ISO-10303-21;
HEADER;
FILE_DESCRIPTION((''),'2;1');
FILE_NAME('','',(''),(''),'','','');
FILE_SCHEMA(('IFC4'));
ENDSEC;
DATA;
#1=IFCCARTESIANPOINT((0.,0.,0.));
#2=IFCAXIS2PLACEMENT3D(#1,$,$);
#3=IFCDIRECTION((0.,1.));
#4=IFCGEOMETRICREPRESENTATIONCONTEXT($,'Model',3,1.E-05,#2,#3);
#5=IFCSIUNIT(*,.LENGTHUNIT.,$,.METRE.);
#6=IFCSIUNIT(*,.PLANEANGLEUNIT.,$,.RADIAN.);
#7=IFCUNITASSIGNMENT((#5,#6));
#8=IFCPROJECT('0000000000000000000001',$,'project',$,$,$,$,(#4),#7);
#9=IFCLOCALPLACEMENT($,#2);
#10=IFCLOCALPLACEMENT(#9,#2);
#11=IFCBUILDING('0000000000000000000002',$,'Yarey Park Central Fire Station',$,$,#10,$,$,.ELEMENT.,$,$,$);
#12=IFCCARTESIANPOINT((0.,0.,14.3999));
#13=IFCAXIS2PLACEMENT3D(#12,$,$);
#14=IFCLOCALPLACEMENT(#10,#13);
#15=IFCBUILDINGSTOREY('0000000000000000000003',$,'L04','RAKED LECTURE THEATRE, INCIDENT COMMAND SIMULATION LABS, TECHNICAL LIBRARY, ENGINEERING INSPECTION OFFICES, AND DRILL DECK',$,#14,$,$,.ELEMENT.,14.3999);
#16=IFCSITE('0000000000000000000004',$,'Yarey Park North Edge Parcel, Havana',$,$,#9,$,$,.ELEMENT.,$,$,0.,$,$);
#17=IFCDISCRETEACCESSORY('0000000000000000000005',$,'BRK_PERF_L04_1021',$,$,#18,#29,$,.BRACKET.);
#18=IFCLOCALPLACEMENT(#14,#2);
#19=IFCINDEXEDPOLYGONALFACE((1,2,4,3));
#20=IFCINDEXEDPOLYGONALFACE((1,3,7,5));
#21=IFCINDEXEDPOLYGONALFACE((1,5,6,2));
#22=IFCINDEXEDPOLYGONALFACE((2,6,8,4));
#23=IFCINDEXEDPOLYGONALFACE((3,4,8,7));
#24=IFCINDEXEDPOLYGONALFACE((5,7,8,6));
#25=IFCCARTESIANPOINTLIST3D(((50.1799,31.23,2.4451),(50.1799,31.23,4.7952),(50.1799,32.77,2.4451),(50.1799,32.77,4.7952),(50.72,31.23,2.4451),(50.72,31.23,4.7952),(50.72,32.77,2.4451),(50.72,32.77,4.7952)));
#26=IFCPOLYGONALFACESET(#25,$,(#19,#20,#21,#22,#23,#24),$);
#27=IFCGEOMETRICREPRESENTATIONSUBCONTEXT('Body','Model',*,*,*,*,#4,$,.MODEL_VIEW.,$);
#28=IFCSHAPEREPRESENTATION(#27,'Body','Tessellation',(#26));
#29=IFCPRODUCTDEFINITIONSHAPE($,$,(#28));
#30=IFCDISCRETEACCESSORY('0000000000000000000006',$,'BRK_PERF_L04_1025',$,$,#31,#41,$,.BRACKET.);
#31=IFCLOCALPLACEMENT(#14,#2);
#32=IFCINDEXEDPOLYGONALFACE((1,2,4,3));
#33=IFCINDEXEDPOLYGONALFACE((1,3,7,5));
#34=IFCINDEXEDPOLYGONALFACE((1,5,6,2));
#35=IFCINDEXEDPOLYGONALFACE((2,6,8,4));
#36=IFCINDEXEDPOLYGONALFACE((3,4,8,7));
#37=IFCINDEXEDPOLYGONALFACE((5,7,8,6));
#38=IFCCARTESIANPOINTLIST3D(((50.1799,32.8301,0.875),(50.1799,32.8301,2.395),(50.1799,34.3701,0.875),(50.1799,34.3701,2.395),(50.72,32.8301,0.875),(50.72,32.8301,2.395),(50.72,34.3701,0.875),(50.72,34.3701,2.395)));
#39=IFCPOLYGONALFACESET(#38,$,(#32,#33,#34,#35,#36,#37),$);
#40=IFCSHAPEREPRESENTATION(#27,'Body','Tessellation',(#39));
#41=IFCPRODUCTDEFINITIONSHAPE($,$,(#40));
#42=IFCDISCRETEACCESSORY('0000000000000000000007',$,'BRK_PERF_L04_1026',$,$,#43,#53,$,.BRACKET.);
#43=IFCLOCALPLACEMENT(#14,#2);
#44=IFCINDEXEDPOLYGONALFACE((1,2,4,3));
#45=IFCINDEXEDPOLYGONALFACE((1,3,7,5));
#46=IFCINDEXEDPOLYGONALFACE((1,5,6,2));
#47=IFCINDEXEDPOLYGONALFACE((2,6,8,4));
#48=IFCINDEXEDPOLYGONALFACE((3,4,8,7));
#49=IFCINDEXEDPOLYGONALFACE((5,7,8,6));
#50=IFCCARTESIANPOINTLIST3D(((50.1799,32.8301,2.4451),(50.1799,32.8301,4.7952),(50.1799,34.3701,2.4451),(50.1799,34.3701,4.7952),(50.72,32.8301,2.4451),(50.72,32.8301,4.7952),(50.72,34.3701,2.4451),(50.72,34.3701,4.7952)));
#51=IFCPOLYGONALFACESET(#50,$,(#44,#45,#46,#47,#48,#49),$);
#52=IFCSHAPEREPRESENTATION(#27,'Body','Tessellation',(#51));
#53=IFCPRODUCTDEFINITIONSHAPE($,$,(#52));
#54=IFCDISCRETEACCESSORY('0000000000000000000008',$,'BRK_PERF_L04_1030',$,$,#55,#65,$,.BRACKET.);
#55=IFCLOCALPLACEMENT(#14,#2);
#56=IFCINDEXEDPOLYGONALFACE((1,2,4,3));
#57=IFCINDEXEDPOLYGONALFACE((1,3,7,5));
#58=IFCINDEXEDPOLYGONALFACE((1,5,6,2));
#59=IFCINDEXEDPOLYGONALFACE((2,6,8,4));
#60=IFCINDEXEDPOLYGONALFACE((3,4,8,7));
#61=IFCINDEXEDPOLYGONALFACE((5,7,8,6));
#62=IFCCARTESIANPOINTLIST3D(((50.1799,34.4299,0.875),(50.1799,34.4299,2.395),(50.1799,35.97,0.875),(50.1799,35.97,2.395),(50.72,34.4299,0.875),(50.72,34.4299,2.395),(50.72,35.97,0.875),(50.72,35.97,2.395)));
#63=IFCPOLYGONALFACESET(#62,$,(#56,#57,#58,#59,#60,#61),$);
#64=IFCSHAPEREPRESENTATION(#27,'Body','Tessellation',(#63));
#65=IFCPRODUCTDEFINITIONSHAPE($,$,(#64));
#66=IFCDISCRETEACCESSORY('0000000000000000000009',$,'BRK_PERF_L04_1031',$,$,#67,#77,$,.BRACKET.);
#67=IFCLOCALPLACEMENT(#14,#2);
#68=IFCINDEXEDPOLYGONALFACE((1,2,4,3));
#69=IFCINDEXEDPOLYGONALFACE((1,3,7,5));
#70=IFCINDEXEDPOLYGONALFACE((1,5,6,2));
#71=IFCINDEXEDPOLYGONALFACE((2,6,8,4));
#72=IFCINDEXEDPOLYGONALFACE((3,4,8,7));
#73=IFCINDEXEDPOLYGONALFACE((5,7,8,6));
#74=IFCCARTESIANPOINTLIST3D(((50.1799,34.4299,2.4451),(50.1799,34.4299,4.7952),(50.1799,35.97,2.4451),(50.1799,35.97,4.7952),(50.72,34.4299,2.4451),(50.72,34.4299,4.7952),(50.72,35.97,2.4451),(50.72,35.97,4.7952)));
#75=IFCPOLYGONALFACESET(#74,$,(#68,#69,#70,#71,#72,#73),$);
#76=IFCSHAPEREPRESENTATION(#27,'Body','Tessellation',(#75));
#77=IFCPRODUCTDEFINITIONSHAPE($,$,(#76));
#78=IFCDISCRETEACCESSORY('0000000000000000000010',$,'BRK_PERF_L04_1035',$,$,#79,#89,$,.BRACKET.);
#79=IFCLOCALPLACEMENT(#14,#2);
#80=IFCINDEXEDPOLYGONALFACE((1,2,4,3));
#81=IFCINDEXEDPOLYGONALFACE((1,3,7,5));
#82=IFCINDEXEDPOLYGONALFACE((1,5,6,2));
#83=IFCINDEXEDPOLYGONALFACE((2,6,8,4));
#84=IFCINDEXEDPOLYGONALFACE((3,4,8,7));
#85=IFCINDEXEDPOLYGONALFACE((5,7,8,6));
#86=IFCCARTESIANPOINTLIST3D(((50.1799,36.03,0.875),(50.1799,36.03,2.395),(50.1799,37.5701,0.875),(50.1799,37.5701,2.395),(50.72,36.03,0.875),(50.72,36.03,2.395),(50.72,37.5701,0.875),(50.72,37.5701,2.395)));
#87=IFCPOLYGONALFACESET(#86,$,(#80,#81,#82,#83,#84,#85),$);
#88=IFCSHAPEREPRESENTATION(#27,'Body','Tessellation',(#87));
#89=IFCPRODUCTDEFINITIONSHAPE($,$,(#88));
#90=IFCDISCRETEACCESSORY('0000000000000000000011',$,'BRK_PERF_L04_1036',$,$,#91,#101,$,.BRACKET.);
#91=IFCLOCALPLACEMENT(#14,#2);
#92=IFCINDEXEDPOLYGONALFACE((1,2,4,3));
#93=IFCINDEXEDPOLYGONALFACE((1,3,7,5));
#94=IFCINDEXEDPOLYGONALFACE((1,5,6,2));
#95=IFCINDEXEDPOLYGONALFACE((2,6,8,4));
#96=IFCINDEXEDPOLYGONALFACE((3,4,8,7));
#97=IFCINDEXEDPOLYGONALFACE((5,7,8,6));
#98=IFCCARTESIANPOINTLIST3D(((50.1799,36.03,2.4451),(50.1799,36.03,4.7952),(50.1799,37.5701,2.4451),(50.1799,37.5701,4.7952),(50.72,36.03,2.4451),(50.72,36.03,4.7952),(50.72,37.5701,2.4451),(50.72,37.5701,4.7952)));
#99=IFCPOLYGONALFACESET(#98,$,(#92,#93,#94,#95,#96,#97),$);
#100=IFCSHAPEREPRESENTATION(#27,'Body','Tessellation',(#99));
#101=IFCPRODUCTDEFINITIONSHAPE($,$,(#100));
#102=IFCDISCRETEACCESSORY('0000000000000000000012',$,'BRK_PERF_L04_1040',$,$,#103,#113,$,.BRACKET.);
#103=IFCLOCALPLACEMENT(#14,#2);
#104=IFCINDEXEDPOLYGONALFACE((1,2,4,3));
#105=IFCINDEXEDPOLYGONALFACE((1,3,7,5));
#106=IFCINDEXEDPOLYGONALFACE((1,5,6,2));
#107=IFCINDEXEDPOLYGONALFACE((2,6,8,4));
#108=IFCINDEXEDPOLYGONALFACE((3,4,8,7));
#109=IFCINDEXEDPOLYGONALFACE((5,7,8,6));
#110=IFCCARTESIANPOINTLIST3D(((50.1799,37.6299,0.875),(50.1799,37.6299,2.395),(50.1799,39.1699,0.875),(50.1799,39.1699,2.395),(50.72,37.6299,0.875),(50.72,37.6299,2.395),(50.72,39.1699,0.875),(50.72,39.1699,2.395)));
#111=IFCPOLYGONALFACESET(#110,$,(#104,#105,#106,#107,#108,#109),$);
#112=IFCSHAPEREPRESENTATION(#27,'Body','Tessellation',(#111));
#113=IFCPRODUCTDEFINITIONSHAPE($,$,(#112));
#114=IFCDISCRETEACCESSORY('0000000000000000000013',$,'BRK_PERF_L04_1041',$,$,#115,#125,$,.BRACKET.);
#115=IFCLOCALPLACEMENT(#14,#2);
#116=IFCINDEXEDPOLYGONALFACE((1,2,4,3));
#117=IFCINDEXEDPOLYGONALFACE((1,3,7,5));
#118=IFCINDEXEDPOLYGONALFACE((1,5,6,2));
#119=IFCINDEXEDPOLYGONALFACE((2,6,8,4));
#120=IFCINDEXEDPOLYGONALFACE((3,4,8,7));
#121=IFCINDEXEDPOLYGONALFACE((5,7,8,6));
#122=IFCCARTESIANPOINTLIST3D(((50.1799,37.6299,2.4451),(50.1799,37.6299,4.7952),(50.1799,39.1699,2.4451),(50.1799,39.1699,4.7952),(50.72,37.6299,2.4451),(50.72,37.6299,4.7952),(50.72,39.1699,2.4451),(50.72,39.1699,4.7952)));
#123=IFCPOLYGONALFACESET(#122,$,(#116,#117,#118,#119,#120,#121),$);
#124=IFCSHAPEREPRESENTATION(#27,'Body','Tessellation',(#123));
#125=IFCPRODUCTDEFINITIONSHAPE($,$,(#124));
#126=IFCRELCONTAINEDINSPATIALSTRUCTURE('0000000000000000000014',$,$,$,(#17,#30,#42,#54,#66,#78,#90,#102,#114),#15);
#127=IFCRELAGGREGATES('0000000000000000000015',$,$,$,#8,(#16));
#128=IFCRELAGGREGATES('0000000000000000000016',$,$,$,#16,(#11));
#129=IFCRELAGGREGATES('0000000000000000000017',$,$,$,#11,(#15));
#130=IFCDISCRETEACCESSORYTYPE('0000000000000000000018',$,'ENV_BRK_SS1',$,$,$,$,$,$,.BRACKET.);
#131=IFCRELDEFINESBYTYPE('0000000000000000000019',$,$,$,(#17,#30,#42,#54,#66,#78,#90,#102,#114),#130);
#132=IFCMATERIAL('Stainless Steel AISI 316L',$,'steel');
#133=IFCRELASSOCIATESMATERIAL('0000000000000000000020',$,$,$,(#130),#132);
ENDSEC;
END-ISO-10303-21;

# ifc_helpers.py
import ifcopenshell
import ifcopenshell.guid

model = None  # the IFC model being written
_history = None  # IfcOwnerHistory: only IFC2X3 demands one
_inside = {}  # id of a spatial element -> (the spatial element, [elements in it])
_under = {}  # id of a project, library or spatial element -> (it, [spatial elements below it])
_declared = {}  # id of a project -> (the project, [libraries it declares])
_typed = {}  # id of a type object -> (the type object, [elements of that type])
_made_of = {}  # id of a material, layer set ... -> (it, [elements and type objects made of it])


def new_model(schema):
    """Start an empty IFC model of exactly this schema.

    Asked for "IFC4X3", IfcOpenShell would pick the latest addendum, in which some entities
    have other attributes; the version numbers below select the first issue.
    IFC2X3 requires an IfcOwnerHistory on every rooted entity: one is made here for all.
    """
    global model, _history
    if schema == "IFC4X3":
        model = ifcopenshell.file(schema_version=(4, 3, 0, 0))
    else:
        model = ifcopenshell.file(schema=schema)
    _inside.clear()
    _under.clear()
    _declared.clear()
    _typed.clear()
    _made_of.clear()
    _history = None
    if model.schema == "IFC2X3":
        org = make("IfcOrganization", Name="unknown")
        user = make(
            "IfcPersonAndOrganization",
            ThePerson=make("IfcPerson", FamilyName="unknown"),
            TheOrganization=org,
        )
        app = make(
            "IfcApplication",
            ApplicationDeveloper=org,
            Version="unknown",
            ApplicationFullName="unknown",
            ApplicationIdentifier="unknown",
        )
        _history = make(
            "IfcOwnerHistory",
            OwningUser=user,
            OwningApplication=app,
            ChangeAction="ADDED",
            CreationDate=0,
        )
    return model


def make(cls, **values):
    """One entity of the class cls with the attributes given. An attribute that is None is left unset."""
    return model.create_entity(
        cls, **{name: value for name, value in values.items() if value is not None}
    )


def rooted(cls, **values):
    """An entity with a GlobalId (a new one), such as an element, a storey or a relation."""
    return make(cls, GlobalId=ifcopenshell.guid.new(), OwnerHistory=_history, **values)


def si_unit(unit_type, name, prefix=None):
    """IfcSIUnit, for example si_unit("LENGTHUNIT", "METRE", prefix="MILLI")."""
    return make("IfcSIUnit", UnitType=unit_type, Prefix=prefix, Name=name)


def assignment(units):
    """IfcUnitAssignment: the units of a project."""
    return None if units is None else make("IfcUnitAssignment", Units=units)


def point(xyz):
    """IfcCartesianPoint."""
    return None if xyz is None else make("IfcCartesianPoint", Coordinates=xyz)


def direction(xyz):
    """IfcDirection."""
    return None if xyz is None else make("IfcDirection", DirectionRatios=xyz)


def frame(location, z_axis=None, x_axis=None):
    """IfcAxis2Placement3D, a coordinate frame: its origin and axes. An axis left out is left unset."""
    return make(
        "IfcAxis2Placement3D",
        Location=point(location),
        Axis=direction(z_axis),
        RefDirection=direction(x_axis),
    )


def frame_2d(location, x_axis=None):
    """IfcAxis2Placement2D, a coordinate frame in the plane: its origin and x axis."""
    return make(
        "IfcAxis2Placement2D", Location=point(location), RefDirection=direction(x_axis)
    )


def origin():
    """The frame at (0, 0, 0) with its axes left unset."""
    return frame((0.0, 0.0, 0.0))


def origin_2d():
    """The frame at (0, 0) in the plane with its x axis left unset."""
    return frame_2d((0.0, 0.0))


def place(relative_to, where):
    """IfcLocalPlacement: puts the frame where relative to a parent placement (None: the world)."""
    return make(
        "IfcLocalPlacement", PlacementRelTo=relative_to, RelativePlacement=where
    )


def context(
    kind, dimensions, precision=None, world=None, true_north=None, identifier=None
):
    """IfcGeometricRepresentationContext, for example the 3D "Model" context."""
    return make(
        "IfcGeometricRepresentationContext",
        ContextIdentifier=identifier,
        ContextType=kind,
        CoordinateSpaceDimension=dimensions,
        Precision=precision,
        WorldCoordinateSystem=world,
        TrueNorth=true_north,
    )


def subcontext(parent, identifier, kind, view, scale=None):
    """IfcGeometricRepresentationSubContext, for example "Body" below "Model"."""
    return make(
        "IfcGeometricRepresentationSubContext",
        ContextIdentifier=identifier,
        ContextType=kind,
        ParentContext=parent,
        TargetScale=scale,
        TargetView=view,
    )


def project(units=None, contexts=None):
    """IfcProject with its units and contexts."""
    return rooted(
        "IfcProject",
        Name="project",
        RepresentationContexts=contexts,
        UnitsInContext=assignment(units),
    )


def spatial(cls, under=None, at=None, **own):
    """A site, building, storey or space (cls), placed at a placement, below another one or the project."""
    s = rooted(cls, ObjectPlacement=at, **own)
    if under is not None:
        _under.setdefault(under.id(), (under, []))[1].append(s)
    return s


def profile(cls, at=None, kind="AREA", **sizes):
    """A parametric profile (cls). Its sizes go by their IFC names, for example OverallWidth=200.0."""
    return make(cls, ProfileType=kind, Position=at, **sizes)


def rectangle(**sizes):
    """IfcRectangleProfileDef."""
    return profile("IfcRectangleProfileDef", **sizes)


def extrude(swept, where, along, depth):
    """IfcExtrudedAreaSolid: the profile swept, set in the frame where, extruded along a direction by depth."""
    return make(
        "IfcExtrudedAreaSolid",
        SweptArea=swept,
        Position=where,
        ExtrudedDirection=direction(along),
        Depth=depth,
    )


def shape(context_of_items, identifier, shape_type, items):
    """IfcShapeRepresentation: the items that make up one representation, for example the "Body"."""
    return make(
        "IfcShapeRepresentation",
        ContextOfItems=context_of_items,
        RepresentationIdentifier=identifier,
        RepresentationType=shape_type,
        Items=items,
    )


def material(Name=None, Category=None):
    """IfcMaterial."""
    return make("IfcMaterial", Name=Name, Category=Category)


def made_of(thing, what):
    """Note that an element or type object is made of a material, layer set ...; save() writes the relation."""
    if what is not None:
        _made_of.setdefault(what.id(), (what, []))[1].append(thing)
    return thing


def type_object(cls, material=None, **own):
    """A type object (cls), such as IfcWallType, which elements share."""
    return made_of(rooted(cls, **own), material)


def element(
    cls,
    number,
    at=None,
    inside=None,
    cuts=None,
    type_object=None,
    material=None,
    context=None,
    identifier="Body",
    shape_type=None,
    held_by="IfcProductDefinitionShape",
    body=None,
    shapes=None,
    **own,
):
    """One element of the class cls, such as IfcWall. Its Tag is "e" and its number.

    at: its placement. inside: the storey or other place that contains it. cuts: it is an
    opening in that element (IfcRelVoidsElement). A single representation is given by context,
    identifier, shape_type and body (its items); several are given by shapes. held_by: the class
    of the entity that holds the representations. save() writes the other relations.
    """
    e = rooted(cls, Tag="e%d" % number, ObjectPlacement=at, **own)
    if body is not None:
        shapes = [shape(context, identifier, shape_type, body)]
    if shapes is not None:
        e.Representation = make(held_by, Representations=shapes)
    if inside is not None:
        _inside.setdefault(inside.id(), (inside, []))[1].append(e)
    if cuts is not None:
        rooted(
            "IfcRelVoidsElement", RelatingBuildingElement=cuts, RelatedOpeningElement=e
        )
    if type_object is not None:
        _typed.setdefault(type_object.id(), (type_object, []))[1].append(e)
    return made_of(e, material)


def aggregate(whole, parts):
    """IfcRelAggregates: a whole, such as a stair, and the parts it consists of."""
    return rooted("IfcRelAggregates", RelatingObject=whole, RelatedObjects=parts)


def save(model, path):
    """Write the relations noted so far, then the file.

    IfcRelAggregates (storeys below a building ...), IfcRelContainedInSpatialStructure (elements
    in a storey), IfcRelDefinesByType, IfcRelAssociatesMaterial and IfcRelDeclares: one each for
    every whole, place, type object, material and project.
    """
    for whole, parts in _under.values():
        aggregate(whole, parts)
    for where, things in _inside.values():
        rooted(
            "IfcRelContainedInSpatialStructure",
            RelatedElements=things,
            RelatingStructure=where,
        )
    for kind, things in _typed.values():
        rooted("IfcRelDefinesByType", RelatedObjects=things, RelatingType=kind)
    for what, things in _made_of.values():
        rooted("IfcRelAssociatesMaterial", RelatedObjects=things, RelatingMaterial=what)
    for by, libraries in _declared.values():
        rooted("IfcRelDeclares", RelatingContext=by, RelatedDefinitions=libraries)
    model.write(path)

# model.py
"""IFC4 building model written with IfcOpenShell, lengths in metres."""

from ifc_helpers import new_model, si_unit, direction, frame, origin, origin_2d, place, context, subcontext, project, spatial, rectangle, extrude, material, type_object, element, save


model = new_model("IFC4")

# Units and contexts
model_context = context("Model", 3, precision=1e-05, world=origin(), true_north=direction((0.0, 1.0)))
body_context = subcontext(model_context, "Body", "Model", "MODEL_VIEW")
ifc_project = project(units=[si_unit("LENGTHUNIT", "METRE"), si_unit("PLANEANGLEUNIT", "RADIAN")], contexts=[model_context])

# Site, building, storey
site_placement = place(None, origin())
site = spatial("IfcSite", under=ifc_project, at=site_placement, Name="Yarey Park North Edge Parcel, Havana", CompositionType="ELEMENT", RefElevation=0.0)
building_placement = place(site_placement, origin())
building = spatial("IfcBuilding", under=site, at=building_placement, Name="Yarey Park Central Fire Station", CompositionType="ELEMENT")
storey_placement = place(building_placement, frame((0.0, 0.0, 14.3999)))
storey = spatial("IfcBuildingStorey", under=building, at=storey_placement, Name="L04", Description="RAKED LECTURE THEATRE, INCIDENT COMMAND SIMULATION LABS, TECHNICAL LIBRARY, ENGINEERING INSPECTION OFFICES, AND DRILL DECK", CompositionType="ELEMENT", Elevation=14.3999)

# Discrete accessories
ifc_material_1 = material(Name="Stainless Steel AISI 316L", Category="steel")
discrete_accessory_type = type_object("IfcDiscreteAccessoryType", Name="ENV_BRK_SS1", PredefinedType="BRACKET", material=ifc_material_1)
discrete_accessory_1_placement = place(storey_placement, frame((50.45, 32.0, 2.4451), z_axis=(0.0, 0.0, 1.0), x_axis=(1.0, 0.0, 0.0)))
element("IfcDiscreteAccessory", 1, at=discrete_accessory_1_placement, inside=storey, type_object=discrete_accessory_type, Name="BRK_PERF_L04_1021", PredefinedType="BRACKET", context=body_context, shape_type="SweptSolid", body=[
    extrude(rectangle(XDim=0.54, YDim=1.54, at=origin_2d()), origin(), (0.0, 0.0, 1.0), 2.3501),
])
discrete_accessory_2_placement = place(storey_placement, frame((50.45, 33.6001, 0.875), z_axis=(0.0, 0.0, 1.0), x_axis=(1.0, 0.0, 0.0)))
element("IfcDiscreteAccessory", 2, at=discrete_accessory_2_placement, inside=storey, type_object=discrete_accessory_type, Name="BRK_PERF_L04_1025", PredefinedType="BRACKET", context=body_context, shape_type="SweptSolid", body=[
    extrude(rectangle(XDim=0.54, YDim=1.54, at=origin_2d()), origin(), (0.0, 0.0, 1.0), 1.52),
])
discrete_accessory_3_placement = place(storey_placement, frame((50.45, 33.6001, 2.4451), z_axis=(0.0, 0.0, 1.0), x_axis=(1.0, 0.0, 0.0)))
element("IfcDiscreteAccessory", 3, at=discrete_accessory_3_placement, inside=storey, type_object=discrete_accessory_type, Name="BRK_PERF_L04_1026", PredefinedType="BRACKET", context=body_context, shape_type="SweptSolid", body=[
    extrude(rectangle(XDim=0.54, YDim=1.54, at=origin_2d()), origin(), (0.0, 0.0, 1.0), 2.3501),
])
discrete_accessory_4_placement = place(storey_placement, frame((50.45, 35.2, 0.875), z_axis=(0.0, 0.0, 1.0), x_axis=(1.0, 0.0, 0.0)))
element("IfcDiscreteAccessory", 4, at=discrete_accessory_4_placement, inside=storey, type_object=discrete_accessory_type, Name="BRK_PERF_L04_1030", PredefinedType="BRACKET", context=body_context, shape_type="SweptSolid", body=[
    extrude(rectangle(XDim=0.54, YDim=1.54, at=origin_2d()), origin(), (0.0, 0.0, 1.0), 1.52),
])
discrete_accessory_5_placement = place(storey_placement, frame((50.45, 35.2, 2.4451), z_axis=(0.0, 0.0, 1.0), x_axis=(1.0, 0.0, 0.0)))
element("IfcDiscreteAccessory", 5, at=discrete_accessory_5_placement, inside=storey, type_object=discrete_accessory_type, Name="BRK_PERF_L04_1031", PredefinedType="BRACKET", context=body_context, shape_type="SweptSolid", body=[
    extrude(rectangle(XDim=0.54, YDim=1.54, at=origin_2d()), origin(), (0.0, 0.0, 1.0), 2.3501),
])
discrete_accessory_6_placement = place(storey_placement, frame((50.45, 36.8, 0.875), z_axis=(0.0, 0.0, 1.0), x_axis=(1.0, 0.0, 0.0)))
element("IfcDiscreteAccessory", 6, at=discrete_accessory_6_placement, inside=storey, type_object=discrete_accessory_type, Name="BRK_PERF_L04_1035", PredefinedType="BRACKET", context=body_context, shape_type="SweptSolid", body=[
    extrude(rectangle(XDim=0.54, YDim=1.54, at=origin_2d()), origin(), (0.0, 0.0, 1.0), 1.52),
])
discrete_accessory_7_placement = place(storey_placement, frame((50.45, 36.8, 2.4451), z_axis=(0.0, 0.0, 1.0), x_axis=(1.0, 0.0, 0.0)))
element("IfcDiscreteAccessory", 7, at=discrete_accessory_7_placement, inside=storey, type_object=discrete_accessory_type, Name="BRK_PERF_L04_1036", PredefinedType="BRACKET", context=body_context, shape_type="SweptSolid", body=[
    extrude(rectangle(XDim=0.54, YDim=1.54, at=origin_2d()), origin(), (0.0, 0.0, 1.0), 2.3501),
])
discrete_accessory_8_placement = place(storey_placement, frame((50.45, 38.3999, 0.875), z_axis=(0.0, 0.0, 1.0), x_axis=(1.0, 0.0, 0.0)))
element("IfcDiscreteAccessory", 8, at=discrete_accessory_8_placement, inside=storey, type_object=discrete_accessory_type, Name="BRK_PERF_L04_1040", PredefinedType="BRACKET", context=body_context, shape_type="SweptSolid", body=[
    extrude(rectangle(XDim=0.54, YDim=1.54, at=origin_2d()), origin(), (0.0, 0.0, 1.0), 1.52),
])
discrete_accessory_9_placement = place(storey_placement, frame((50.45, 38.3999, 2.4451), z_axis=(0.0, 0.0, 1.0), x_axis=(1.0, 0.0, 0.0)))
element("IfcDiscreteAccessory", 9, at=discrete_accessory_9_placement, inside=storey, type_object=discrete_accessory_type, Name="BRK_PERF_L04_1041", PredefinedType="BRACKET", context=body_context, shape_type="SweptSolid", body=[
    extrude(rectangle(XDim=0.54, YDim=1.54, at=origin_2d()), origin(), (0.0, 0.0, 1.0), 2.3501),
])

save(model, "model.ifc")
